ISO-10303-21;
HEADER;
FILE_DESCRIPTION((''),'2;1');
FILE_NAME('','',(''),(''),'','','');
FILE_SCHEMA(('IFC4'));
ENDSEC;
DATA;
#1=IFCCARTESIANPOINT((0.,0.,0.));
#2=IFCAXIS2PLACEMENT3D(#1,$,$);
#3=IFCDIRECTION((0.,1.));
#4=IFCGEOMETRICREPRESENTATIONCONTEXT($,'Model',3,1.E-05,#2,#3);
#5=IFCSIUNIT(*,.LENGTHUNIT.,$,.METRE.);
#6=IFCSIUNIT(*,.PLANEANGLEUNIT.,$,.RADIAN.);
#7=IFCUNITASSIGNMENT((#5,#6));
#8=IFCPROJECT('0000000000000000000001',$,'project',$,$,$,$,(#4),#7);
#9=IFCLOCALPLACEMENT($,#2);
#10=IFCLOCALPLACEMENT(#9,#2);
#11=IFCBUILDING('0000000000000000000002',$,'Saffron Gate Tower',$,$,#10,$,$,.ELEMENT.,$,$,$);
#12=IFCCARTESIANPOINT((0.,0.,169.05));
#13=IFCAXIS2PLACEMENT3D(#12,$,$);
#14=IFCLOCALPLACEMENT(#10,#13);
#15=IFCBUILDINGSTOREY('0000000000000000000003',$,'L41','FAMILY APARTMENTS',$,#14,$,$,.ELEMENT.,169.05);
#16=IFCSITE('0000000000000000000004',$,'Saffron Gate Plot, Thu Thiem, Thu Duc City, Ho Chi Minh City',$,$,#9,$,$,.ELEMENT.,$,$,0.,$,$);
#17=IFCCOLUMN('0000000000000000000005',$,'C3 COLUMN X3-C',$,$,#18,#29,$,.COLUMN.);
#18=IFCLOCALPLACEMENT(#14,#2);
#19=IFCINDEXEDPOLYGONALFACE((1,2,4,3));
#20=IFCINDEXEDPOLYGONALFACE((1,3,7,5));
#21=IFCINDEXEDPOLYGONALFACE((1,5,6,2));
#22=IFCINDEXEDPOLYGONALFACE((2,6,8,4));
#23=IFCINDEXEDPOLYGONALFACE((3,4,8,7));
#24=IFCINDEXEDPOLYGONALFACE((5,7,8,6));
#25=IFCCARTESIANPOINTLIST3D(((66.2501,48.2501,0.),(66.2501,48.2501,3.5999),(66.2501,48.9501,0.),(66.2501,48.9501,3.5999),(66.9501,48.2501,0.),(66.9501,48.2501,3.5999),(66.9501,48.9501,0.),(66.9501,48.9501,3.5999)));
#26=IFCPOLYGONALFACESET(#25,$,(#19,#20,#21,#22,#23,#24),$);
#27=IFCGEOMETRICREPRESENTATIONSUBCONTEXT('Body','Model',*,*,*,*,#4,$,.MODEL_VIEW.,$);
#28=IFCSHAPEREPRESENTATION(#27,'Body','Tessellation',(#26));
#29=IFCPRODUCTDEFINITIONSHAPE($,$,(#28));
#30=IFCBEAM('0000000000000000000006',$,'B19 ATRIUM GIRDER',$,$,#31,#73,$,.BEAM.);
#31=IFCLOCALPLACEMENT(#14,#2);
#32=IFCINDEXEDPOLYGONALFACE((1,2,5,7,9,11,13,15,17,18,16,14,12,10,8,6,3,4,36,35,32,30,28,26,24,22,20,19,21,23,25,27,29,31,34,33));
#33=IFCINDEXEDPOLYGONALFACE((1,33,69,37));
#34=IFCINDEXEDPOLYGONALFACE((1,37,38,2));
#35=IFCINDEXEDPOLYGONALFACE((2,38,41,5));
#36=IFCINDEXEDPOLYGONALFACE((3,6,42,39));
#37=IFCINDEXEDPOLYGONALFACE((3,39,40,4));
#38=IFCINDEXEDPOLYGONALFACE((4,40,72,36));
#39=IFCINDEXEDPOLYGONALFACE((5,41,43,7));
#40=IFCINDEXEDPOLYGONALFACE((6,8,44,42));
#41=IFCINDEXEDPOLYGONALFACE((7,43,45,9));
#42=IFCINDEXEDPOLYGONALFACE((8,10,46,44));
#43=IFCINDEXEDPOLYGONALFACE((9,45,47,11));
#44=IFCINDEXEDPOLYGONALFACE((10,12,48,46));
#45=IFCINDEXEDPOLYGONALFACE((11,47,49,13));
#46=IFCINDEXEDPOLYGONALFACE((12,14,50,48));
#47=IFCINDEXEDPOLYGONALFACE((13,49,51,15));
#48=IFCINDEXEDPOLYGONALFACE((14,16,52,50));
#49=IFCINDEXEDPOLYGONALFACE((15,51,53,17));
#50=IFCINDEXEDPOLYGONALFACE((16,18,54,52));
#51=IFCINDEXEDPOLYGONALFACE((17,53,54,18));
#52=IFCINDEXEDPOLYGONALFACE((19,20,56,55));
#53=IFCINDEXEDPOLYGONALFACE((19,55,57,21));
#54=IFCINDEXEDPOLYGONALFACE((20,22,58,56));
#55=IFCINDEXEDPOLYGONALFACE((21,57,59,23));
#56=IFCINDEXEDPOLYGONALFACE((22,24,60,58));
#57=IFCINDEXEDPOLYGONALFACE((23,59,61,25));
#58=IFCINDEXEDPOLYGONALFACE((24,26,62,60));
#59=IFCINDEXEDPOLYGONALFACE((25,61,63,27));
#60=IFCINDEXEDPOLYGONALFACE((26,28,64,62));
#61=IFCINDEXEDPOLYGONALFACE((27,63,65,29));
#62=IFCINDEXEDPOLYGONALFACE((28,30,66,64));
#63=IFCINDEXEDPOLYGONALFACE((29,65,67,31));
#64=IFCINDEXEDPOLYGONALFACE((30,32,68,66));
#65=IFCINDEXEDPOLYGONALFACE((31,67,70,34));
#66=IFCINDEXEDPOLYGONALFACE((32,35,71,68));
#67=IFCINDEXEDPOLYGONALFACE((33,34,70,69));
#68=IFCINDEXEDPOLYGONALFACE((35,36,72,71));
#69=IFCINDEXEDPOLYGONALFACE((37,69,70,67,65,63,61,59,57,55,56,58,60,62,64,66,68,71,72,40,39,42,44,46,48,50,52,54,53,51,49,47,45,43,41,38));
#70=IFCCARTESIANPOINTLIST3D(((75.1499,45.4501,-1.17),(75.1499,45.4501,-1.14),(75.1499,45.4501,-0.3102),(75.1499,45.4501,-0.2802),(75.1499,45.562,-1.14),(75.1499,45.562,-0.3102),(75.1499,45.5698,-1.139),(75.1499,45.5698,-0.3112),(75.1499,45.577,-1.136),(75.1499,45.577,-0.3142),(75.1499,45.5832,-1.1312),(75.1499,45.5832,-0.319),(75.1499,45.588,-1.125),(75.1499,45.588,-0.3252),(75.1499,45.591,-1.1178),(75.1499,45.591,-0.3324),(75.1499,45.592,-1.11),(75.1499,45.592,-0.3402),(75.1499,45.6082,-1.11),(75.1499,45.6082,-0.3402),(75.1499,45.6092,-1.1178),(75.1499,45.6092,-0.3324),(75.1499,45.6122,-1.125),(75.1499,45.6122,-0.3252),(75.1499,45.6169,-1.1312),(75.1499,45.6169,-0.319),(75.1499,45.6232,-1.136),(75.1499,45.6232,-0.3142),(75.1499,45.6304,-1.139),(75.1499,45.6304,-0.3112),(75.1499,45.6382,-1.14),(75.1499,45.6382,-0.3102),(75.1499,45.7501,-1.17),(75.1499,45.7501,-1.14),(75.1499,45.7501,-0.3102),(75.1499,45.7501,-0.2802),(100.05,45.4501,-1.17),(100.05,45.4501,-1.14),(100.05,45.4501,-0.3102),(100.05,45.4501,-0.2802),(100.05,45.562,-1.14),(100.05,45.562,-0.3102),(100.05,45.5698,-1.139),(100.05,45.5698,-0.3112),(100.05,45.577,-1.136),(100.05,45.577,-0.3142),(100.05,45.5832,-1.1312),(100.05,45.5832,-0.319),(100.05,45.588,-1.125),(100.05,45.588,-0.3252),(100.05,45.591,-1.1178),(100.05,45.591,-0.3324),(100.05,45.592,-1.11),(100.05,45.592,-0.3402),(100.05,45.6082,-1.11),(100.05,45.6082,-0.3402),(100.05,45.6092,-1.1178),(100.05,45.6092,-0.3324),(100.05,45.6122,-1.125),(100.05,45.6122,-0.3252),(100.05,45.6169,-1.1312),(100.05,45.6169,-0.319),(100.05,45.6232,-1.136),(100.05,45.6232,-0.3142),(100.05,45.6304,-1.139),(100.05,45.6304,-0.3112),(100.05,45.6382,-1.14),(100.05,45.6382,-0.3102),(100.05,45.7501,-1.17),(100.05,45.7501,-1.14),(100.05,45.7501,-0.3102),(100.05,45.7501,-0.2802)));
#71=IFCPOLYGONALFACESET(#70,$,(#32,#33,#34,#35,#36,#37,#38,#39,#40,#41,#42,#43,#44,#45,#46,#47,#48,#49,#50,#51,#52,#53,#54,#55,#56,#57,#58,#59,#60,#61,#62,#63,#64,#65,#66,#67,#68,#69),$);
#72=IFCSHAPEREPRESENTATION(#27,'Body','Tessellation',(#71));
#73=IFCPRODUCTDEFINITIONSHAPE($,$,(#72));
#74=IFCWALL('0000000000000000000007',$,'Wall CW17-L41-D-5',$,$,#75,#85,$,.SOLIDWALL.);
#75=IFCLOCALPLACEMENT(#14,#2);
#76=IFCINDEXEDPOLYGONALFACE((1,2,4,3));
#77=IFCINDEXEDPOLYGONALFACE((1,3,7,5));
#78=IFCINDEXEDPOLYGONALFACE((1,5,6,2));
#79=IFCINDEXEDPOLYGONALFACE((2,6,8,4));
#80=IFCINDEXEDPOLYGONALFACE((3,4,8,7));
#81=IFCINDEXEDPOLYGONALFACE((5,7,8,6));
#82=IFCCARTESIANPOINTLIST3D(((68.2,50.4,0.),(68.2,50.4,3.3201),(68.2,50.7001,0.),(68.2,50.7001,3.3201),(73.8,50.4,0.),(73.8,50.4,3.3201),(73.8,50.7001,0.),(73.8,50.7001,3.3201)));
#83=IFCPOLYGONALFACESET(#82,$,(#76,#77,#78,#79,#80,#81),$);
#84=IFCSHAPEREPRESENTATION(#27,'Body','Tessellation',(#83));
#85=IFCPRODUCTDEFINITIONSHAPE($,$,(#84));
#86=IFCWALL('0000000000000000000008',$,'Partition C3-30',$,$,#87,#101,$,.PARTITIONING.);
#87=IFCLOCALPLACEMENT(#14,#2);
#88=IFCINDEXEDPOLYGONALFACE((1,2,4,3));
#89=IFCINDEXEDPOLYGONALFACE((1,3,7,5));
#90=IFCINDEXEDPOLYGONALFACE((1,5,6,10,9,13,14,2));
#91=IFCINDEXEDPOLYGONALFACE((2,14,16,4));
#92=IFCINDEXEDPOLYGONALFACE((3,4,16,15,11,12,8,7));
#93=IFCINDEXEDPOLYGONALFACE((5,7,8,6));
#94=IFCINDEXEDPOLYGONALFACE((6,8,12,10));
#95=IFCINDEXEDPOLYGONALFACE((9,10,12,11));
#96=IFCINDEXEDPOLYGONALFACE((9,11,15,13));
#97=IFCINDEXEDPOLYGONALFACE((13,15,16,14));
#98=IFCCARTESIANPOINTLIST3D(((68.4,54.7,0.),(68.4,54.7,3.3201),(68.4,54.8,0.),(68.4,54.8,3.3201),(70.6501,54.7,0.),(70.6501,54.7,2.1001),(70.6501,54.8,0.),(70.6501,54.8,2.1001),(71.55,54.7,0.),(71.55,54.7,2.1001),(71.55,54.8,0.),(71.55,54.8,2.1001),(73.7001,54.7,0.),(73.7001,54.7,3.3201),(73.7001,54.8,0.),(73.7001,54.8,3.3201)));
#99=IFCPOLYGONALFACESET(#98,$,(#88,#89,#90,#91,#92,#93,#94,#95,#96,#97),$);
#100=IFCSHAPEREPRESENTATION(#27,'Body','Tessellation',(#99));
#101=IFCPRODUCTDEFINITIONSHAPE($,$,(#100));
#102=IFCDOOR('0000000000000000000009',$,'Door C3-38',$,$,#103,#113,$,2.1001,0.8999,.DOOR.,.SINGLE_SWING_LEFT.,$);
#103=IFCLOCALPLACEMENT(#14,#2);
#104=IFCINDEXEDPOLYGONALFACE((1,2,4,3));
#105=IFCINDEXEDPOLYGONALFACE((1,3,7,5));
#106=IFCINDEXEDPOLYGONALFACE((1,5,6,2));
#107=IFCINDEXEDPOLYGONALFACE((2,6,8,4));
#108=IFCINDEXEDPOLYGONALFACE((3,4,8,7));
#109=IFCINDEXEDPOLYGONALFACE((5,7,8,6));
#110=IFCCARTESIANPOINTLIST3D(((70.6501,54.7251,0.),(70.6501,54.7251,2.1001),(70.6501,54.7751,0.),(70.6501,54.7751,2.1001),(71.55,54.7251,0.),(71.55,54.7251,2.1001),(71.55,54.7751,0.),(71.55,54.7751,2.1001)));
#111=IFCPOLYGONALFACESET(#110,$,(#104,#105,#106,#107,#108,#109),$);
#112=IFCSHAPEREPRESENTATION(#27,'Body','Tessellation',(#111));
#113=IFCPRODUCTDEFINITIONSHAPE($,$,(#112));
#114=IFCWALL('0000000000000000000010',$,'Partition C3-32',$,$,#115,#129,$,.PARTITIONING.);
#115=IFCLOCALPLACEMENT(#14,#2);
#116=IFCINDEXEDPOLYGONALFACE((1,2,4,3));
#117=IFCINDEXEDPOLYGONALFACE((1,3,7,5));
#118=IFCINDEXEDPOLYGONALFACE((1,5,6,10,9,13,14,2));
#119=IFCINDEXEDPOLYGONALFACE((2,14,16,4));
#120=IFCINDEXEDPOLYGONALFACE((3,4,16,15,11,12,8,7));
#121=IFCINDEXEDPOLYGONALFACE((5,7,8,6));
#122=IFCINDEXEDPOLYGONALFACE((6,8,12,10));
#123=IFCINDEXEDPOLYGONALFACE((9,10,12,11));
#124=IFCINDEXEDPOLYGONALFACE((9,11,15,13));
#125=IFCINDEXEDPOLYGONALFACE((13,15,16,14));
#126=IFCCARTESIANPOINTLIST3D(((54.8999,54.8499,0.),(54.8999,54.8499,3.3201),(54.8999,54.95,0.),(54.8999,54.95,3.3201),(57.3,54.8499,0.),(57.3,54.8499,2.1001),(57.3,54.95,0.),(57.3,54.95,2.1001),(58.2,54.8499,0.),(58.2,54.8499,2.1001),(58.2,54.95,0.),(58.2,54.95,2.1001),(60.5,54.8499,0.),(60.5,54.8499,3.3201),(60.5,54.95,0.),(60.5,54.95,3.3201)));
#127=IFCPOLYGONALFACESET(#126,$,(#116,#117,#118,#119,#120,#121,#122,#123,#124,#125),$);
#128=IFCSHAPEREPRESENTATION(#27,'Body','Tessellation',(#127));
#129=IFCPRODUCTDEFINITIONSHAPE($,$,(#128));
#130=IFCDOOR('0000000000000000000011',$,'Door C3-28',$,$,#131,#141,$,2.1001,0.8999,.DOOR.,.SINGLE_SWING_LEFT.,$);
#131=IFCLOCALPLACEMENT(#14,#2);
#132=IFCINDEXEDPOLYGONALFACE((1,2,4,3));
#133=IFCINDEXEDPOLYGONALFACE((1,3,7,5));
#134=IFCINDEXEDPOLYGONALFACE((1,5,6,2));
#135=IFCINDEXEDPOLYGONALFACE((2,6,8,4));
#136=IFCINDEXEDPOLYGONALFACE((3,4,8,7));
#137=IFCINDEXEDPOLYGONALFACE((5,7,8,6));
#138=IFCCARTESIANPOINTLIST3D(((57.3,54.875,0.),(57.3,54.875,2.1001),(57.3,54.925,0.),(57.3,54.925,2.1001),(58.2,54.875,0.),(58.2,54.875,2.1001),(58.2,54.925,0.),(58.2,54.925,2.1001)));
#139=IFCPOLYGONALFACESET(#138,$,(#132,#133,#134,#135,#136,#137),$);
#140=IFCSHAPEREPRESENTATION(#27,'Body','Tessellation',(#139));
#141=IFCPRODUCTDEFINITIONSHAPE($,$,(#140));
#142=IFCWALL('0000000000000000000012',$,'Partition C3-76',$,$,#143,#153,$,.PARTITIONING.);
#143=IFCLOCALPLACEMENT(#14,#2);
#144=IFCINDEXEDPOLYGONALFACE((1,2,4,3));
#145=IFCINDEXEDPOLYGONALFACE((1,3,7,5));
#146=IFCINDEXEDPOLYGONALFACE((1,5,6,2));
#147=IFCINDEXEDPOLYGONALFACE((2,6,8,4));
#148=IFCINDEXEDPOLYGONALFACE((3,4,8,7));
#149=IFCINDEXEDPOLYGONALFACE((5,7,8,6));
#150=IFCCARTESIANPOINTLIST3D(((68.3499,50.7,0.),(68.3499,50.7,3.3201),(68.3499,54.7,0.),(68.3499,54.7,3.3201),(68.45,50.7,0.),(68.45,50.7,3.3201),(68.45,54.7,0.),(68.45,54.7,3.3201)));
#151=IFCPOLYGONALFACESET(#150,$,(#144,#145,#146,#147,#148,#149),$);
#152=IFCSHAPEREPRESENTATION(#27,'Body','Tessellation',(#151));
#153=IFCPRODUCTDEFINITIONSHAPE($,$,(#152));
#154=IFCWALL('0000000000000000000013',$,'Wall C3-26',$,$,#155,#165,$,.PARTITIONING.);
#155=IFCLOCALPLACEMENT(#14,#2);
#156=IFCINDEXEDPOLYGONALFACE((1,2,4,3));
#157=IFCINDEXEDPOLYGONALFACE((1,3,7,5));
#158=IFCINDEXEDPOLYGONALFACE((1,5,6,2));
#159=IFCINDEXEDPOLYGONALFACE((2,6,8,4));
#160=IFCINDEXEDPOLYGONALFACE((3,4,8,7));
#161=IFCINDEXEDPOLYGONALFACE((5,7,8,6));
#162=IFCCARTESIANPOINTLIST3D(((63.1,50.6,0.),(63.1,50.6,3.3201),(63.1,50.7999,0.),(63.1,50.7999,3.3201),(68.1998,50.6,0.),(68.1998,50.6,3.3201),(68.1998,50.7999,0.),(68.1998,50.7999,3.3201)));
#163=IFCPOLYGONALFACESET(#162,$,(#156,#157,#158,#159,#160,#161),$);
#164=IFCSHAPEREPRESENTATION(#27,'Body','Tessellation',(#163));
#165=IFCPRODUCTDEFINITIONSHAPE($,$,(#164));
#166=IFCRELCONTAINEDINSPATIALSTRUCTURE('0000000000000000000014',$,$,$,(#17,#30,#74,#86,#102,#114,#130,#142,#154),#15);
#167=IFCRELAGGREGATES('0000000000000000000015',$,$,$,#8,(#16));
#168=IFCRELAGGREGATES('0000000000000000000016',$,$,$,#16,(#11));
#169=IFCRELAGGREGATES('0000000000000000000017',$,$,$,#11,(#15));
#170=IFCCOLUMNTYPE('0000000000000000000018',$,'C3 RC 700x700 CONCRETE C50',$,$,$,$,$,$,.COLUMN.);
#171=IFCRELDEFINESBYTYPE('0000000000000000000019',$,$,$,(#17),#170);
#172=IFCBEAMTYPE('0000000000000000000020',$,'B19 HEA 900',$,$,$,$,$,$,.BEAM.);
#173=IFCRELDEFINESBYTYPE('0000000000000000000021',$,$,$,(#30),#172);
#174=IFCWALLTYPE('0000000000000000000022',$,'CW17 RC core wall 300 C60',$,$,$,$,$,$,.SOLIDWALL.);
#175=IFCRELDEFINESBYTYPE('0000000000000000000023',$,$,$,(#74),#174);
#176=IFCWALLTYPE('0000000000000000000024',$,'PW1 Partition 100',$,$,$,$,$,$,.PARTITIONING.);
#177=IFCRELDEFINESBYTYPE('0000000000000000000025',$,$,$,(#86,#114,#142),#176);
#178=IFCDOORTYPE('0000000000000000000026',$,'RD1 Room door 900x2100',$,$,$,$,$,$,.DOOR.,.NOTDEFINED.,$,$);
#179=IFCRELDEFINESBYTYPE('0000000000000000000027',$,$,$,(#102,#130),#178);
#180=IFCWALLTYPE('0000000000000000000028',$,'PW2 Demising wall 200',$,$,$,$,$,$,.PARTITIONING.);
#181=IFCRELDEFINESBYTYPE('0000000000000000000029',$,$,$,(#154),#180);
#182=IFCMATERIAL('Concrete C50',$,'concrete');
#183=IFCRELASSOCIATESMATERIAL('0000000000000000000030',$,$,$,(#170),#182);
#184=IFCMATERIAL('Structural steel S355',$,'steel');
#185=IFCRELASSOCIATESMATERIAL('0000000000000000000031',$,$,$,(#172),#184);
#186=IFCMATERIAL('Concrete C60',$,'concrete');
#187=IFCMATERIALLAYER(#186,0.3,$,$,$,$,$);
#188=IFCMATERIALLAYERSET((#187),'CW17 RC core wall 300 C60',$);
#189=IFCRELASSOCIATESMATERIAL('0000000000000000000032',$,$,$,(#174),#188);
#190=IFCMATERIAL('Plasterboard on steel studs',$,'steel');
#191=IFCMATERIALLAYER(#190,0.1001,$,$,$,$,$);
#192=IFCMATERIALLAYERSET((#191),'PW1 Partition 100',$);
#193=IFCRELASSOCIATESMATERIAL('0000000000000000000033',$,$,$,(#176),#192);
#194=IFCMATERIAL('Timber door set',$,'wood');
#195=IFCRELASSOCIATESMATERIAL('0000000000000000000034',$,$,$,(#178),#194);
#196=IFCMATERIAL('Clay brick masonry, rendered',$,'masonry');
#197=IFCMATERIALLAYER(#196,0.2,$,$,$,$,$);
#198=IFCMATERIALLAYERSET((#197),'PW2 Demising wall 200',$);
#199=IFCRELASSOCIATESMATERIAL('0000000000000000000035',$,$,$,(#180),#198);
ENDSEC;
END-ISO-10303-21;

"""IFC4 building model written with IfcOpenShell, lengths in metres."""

from ifc_helpers import new_model, si_unit, direction, frame, frame_2d, origin, origin_2d, place, context, subcontext, project, spatial, rectangle, i_section, extrude, material, layer, layer_set, material_profile, profile_set, type_object, element, fill, save


model = new_model("IFC4")

# Units and contexts
model_context = context("Model", 3, precision=1e-05, world=origin(), true_north=direction((0.0, 1.0)))
body_context = subcontext(model_context, "Body", "Model", "MODEL_VIEW")
ifc_project = project(units=[si_unit("LENGTHUNIT", "METRE"), si_unit("PLANEANGLEUNIT", "RADIAN")], contexts=[model_context])

# Site, building, storey
site_placement = place(None, origin())
site = spatial("IfcSite", under=ifc_project, at=site_placement, Name="Saffron Gate Plot, Thu Thiem, Thu Duc City, Ho Chi Minh City", CompositionType="ELEMENT", RefElevation=0.0)
building_placement = place(site_placement, origin())
building = spatial("IfcBuilding", under=site, at=building_placement, Name="Saffron Gate Tower", CompositionType="ELEMENT")
storey_placement = place(building_placement, frame((0.0, 0.0, 169.05)))
storey = spatial("IfcBuildingStorey", under=building, at=storey_placement, Name="L41", Description="FAMILY APARTMENTS", CompositionType="ELEMENT", Elevation=169.05)

# Column
ifc_material_1 = material(Name="Concrete C50", Category="concrete")
ifc_material_profile_1 = material_profile(ifc_material_1, rectangle(XDim=0.7, YDim=0.7, at=origin_2d()))
ifc_profile_set_1 = profile_set([ifc_material_profile_1], Name="Concrete C50")
column_type = type_object("IfcColumnType", Name="C3 RC 700x700 CONCRETE C50", PredefinedType="COLUMN", material=ifc_profile_set_1)
column_placement = place(storey_placement, frame((66.6001, 48.6001, 0.0), z_axis=(0.0, 0.0, 1.0), x_axis=(1.0, 0.0, 0.0)))
element("IfcColumn", 1, at=column_placement, inside=storey, type_object=column_type, Name="C3 COLUMN X3-C", PredefinedType="COLUMN", context=body_context, shape_type="SweptSolid", body=[
    extrude(rectangle(XDim=0.7, YDim=0.7, at=origin_2d()), origin(), (0.0, 0.0, 1.0), 3.5999),
])

# Beam
ifc_material_2 = material(Name="Structural steel S355", Category="steel")
ifc_material_profile_2 = material_profile(ifc_material_2, i_section(OverallWidth=0.3, OverallDepth=0.8899, WebThickness=0.0161, FlangeThickness=0.03, FilletRadius=0.03, at=origin_2d()))
ifc_profile_set_2 = profile_set([ifc_material_profile_2], Name="Structural steel S355")
beam_type = type_object("IfcBeamType", Name="B19 HEA 900", PredefinedType="BEAM", material=ifc_profile_set_2)
beam_placement = place(storey_placement, frame((75.1499, 45.6001, -0.7251), z_axis=(1.0, 0.0, 0.0), x_axis=(0.0, 1.0, 0.0)))
element("IfcBeam", 2, at=beam_placement, inside=storey, type_object=beam_type, Name="B19 ATRIUM GIRDER", PredefinedType="BEAM", context=body_context, shape_type="SweptSolid", body=[
    extrude(i_section(OverallWidth=0.3, OverallDepth=0.8899, WebThickness=0.0161, FlangeThickness=0.03, FilletRadius=0.03, at=origin_2d()), origin(), (0.0, 0.0, 1.0), 24.9001),
])

# Wall
ifc_material_3 = material(Name="Concrete C60", Category="concrete")
ifc_layer_1 = layer(ifc_material_3, 0.3)
ifc_layer_set_1 = layer_set([ifc_layer_1], Name="CW17 RC core wall 300 C60")
wall_type_1 = type_object("IfcWallType", Name="CW17 RC core wall 300 C60", PredefinedType="SOLIDWALL", material=ifc_layer_set_1)
wall_1_placement = place(storey_placement, frame((68.2, 50.55, 0.0), z_axis=(0.0, 0.0, 1.0), x_axis=(1.0, 0.0, 0.0)))
element("IfcWall", 3, at=wall_1_placement, inside=storey, type_object=wall_type_1, Name="Wall CW17-L41-D-5", PredefinedType="SOLIDWALL", context=body_context, shape_type="SweptSolid", body=[
    extrude(rectangle(XDim=5.6001, YDim=0.3, at=frame_2d((2.8, 0.0))), origin(), (0.0, 0.0, 1.0), 3.3201),
])

# Walls, openings, doors
ifc_material_4 = material(Name="Plasterboard on steel studs", Category="steel")
ifc_layer_2 = layer(ifc_material_4, 0.1001)
ifc_layer_set_2 = layer_set([ifc_layer_2], Name="PW1 Partition 100")
wall_type_2 = type_object("IfcWallType", Name="PW1 Partition 100", PredefinedType="PARTITIONING", material=ifc_layer_set_2)
wall_2_placement = place(storey_placement, frame((73.7, 54.75, 0.0), z_axis=(0.0, 0.0, 1.0), x_axis=(-1.0, 0.0, 0.0)))
wall_2 = element("IfcWall", 4, at=wall_2_placement, inside=storey, type_object=wall_type_2, Name="Partition C3-30", PredefinedType="PARTITIONING", context=body_context, shape_type="SweptSolid", body=[
    extrude(rectangle(XDim=5.3, YDim=0.1001, at=frame_2d((2.6499, 0.0))), origin(), (0.0, 0.0, 1.0), 3.3201),
])
opening_1_placement = place(wall_2_placement, frame((2.1499, 0.0, 0.0)))
opening_1 = element("IfcOpeningElement", 5, at=opening_1_placement, cuts=wall_2, PredefinedType="OPENING", context=body_context, shape_type="SweptSolid", body=[
    extrude(rectangle(XDim=0.8999, YDim=2.1001, at=frame_2d((0.45, 1.05))), frame((0.0, 0.0601, 0.0), z_axis=(0.0, -1.0, 0.0), x_axis=(1.0, 0.0, 0.0)), (0.0, 0.0, 1.0), 0.1201),
])
ifc_material_5 = material(Name="Timber door set", Category="wood")
door_type = type_object("IfcDoorType", Name="RD1 Room door 900x2100", OperationType="NOTDEFINED", PredefinedType="DOOR", material=ifc_material_5)
door_1_placement = place(opening_1_placement, origin())
door_1 = element("IfcDoor", 6, at=door_1_placement, inside=storey, type_object=door_type, Name="Door C3-38", OperationType="SINGLE_SWING_LEFT", OverallHeight=2.1001, OverallWidth=0.8999, PredefinedType="DOOR", context=body_context, shape_type="SweptSolid", body=[
    extrude(rectangle(XDim=0.8999, YDim=2.1001, at=frame_2d((0.45, 1.05))), frame((0.0, 0.0249, 0.0), z_axis=(0.0, -1.0, 0.0), x_axis=(1.0, 0.0, 0.0)), (0.0, 0.0, 1.0), 0.05),
])
fill(opening_1, door_1)
wall_3_placement = place(storey_placement, frame((60.5, 54.8999, 0.0), z_axis=(0.0, 0.0, 1.0), x_axis=(-1.0, 0.0, 0.0)))
wall_3 = element("IfcWall", 7, at=wall_3_placement, inside=storey, type_object=wall_type_2, Name="Partition C3-32", PredefinedType="PARTITIONING", context=body_context, shape_type="SweptSolid", body=[
    extrude(rectangle(XDim=5.6001, YDim=0.1001, at=frame_2d((2.8, 0.0))), origin(), (0.0, 0.0, 1.0), 3.3201),
])
opening_2_placement = place(wall_3_placement, frame((2.3, 0.0, 0.0)))
opening_2 = element("IfcOpeningElement", 8, at=opening_2_placement, cuts=wall_3, PredefinedType="OPENING", context=body_context, shape_type="SweptSolid", body=[
    extrude(rectangle(XDim=0.8999, YDim=2.1001, at=frame_2d((0.45, 1.05))), frame((0.0, 0.0601, 0.0), z_axis=(0.0, -1.0, 0.0), x_axis=(1.0, 0.0, 0.0)), (0.0, 0.0, 1.0), 0.1201),
])
door_2_placement = place(opening_2_placement, origin())
door_2 = element("IfcDoor", 9, at=door_2_placement, inside=storey, type_object=door_type, Name="Door C3-28", OperationType="SINGLE_SWING_LEFT", OverallHeight=2.1001, OverallWidth=0.8999, PredefinedType="DOOR", context=body_context, shape_type="SweptSolid", body=[
    extrude(rectangle(XDim=0.8999, YDim=2.1001, at=frame_2d((0.45, 1.05))), frame((0.0, 0.0249, 0.0), z_axis=(0.0, -1.0, 0.0), x_axis=(1.0, 0.0, 0.0)), (0.0, 0.0, 1.0), 0.05),
])
fill(opening_2, door_2)

# Walls
wall_4_placement = place(storey_placement, frame((68.3999, 54.7, 0.0), z_axis=(0.0, 0.0, 1.0), x_axis=(0.0, -1.0, 0.0)))
element("IfcWall", 10, at=wall_4_placement, inside=storey, type_object=wall_type_2, Name="Partition C3-76", PredefinedType="PARTITIONING", context=body_context, shape_type="SweptSolid", body=[
    extrude(rectangle(XDim=4.0, YDim=0.1001, at=frame_2d((2.0, 0.0))), origin(), (0.0, 0.0, 1.0), 3.3201),
])
ifc_material_6 = material(Name="Clay brick masonry, rendered", Category="masonry")
ifc_layer_3 = layer(ifc_material_6, 0.2)
ifc_layer_set_3 = layer_set([ifc_layer_3], Name="PW2 Demising wall 200")
wall_type_3 = type_object("IfcWallType", Name="PW2 Demising wall 200", PredefinedType="PARTITIONING", material=ifc_layer_set_3)
wall_5_placement = place(storey_placement, frame((63.1001, 50.7, 0.0), z_axis=(0.0, 0.0, 1.0), x_axis=(1.0, 0.0, 0.0)))
element("IfcWall", 11, at=wall_5_placement, inside=storey, type_object=wall_type_3, Name="Wall C3-26", PredefinedType="PARTITIONING", context=body_context, shape_type="SweptSolid", body=[
    extrude(rectangle(XDim=5.0999, YDim=0.2, at=frame_2d((2.5498, 0.0))), origin(), (0.0, 0.0, 1.0), 3.3201),
])

save(model, "model.ifc")
